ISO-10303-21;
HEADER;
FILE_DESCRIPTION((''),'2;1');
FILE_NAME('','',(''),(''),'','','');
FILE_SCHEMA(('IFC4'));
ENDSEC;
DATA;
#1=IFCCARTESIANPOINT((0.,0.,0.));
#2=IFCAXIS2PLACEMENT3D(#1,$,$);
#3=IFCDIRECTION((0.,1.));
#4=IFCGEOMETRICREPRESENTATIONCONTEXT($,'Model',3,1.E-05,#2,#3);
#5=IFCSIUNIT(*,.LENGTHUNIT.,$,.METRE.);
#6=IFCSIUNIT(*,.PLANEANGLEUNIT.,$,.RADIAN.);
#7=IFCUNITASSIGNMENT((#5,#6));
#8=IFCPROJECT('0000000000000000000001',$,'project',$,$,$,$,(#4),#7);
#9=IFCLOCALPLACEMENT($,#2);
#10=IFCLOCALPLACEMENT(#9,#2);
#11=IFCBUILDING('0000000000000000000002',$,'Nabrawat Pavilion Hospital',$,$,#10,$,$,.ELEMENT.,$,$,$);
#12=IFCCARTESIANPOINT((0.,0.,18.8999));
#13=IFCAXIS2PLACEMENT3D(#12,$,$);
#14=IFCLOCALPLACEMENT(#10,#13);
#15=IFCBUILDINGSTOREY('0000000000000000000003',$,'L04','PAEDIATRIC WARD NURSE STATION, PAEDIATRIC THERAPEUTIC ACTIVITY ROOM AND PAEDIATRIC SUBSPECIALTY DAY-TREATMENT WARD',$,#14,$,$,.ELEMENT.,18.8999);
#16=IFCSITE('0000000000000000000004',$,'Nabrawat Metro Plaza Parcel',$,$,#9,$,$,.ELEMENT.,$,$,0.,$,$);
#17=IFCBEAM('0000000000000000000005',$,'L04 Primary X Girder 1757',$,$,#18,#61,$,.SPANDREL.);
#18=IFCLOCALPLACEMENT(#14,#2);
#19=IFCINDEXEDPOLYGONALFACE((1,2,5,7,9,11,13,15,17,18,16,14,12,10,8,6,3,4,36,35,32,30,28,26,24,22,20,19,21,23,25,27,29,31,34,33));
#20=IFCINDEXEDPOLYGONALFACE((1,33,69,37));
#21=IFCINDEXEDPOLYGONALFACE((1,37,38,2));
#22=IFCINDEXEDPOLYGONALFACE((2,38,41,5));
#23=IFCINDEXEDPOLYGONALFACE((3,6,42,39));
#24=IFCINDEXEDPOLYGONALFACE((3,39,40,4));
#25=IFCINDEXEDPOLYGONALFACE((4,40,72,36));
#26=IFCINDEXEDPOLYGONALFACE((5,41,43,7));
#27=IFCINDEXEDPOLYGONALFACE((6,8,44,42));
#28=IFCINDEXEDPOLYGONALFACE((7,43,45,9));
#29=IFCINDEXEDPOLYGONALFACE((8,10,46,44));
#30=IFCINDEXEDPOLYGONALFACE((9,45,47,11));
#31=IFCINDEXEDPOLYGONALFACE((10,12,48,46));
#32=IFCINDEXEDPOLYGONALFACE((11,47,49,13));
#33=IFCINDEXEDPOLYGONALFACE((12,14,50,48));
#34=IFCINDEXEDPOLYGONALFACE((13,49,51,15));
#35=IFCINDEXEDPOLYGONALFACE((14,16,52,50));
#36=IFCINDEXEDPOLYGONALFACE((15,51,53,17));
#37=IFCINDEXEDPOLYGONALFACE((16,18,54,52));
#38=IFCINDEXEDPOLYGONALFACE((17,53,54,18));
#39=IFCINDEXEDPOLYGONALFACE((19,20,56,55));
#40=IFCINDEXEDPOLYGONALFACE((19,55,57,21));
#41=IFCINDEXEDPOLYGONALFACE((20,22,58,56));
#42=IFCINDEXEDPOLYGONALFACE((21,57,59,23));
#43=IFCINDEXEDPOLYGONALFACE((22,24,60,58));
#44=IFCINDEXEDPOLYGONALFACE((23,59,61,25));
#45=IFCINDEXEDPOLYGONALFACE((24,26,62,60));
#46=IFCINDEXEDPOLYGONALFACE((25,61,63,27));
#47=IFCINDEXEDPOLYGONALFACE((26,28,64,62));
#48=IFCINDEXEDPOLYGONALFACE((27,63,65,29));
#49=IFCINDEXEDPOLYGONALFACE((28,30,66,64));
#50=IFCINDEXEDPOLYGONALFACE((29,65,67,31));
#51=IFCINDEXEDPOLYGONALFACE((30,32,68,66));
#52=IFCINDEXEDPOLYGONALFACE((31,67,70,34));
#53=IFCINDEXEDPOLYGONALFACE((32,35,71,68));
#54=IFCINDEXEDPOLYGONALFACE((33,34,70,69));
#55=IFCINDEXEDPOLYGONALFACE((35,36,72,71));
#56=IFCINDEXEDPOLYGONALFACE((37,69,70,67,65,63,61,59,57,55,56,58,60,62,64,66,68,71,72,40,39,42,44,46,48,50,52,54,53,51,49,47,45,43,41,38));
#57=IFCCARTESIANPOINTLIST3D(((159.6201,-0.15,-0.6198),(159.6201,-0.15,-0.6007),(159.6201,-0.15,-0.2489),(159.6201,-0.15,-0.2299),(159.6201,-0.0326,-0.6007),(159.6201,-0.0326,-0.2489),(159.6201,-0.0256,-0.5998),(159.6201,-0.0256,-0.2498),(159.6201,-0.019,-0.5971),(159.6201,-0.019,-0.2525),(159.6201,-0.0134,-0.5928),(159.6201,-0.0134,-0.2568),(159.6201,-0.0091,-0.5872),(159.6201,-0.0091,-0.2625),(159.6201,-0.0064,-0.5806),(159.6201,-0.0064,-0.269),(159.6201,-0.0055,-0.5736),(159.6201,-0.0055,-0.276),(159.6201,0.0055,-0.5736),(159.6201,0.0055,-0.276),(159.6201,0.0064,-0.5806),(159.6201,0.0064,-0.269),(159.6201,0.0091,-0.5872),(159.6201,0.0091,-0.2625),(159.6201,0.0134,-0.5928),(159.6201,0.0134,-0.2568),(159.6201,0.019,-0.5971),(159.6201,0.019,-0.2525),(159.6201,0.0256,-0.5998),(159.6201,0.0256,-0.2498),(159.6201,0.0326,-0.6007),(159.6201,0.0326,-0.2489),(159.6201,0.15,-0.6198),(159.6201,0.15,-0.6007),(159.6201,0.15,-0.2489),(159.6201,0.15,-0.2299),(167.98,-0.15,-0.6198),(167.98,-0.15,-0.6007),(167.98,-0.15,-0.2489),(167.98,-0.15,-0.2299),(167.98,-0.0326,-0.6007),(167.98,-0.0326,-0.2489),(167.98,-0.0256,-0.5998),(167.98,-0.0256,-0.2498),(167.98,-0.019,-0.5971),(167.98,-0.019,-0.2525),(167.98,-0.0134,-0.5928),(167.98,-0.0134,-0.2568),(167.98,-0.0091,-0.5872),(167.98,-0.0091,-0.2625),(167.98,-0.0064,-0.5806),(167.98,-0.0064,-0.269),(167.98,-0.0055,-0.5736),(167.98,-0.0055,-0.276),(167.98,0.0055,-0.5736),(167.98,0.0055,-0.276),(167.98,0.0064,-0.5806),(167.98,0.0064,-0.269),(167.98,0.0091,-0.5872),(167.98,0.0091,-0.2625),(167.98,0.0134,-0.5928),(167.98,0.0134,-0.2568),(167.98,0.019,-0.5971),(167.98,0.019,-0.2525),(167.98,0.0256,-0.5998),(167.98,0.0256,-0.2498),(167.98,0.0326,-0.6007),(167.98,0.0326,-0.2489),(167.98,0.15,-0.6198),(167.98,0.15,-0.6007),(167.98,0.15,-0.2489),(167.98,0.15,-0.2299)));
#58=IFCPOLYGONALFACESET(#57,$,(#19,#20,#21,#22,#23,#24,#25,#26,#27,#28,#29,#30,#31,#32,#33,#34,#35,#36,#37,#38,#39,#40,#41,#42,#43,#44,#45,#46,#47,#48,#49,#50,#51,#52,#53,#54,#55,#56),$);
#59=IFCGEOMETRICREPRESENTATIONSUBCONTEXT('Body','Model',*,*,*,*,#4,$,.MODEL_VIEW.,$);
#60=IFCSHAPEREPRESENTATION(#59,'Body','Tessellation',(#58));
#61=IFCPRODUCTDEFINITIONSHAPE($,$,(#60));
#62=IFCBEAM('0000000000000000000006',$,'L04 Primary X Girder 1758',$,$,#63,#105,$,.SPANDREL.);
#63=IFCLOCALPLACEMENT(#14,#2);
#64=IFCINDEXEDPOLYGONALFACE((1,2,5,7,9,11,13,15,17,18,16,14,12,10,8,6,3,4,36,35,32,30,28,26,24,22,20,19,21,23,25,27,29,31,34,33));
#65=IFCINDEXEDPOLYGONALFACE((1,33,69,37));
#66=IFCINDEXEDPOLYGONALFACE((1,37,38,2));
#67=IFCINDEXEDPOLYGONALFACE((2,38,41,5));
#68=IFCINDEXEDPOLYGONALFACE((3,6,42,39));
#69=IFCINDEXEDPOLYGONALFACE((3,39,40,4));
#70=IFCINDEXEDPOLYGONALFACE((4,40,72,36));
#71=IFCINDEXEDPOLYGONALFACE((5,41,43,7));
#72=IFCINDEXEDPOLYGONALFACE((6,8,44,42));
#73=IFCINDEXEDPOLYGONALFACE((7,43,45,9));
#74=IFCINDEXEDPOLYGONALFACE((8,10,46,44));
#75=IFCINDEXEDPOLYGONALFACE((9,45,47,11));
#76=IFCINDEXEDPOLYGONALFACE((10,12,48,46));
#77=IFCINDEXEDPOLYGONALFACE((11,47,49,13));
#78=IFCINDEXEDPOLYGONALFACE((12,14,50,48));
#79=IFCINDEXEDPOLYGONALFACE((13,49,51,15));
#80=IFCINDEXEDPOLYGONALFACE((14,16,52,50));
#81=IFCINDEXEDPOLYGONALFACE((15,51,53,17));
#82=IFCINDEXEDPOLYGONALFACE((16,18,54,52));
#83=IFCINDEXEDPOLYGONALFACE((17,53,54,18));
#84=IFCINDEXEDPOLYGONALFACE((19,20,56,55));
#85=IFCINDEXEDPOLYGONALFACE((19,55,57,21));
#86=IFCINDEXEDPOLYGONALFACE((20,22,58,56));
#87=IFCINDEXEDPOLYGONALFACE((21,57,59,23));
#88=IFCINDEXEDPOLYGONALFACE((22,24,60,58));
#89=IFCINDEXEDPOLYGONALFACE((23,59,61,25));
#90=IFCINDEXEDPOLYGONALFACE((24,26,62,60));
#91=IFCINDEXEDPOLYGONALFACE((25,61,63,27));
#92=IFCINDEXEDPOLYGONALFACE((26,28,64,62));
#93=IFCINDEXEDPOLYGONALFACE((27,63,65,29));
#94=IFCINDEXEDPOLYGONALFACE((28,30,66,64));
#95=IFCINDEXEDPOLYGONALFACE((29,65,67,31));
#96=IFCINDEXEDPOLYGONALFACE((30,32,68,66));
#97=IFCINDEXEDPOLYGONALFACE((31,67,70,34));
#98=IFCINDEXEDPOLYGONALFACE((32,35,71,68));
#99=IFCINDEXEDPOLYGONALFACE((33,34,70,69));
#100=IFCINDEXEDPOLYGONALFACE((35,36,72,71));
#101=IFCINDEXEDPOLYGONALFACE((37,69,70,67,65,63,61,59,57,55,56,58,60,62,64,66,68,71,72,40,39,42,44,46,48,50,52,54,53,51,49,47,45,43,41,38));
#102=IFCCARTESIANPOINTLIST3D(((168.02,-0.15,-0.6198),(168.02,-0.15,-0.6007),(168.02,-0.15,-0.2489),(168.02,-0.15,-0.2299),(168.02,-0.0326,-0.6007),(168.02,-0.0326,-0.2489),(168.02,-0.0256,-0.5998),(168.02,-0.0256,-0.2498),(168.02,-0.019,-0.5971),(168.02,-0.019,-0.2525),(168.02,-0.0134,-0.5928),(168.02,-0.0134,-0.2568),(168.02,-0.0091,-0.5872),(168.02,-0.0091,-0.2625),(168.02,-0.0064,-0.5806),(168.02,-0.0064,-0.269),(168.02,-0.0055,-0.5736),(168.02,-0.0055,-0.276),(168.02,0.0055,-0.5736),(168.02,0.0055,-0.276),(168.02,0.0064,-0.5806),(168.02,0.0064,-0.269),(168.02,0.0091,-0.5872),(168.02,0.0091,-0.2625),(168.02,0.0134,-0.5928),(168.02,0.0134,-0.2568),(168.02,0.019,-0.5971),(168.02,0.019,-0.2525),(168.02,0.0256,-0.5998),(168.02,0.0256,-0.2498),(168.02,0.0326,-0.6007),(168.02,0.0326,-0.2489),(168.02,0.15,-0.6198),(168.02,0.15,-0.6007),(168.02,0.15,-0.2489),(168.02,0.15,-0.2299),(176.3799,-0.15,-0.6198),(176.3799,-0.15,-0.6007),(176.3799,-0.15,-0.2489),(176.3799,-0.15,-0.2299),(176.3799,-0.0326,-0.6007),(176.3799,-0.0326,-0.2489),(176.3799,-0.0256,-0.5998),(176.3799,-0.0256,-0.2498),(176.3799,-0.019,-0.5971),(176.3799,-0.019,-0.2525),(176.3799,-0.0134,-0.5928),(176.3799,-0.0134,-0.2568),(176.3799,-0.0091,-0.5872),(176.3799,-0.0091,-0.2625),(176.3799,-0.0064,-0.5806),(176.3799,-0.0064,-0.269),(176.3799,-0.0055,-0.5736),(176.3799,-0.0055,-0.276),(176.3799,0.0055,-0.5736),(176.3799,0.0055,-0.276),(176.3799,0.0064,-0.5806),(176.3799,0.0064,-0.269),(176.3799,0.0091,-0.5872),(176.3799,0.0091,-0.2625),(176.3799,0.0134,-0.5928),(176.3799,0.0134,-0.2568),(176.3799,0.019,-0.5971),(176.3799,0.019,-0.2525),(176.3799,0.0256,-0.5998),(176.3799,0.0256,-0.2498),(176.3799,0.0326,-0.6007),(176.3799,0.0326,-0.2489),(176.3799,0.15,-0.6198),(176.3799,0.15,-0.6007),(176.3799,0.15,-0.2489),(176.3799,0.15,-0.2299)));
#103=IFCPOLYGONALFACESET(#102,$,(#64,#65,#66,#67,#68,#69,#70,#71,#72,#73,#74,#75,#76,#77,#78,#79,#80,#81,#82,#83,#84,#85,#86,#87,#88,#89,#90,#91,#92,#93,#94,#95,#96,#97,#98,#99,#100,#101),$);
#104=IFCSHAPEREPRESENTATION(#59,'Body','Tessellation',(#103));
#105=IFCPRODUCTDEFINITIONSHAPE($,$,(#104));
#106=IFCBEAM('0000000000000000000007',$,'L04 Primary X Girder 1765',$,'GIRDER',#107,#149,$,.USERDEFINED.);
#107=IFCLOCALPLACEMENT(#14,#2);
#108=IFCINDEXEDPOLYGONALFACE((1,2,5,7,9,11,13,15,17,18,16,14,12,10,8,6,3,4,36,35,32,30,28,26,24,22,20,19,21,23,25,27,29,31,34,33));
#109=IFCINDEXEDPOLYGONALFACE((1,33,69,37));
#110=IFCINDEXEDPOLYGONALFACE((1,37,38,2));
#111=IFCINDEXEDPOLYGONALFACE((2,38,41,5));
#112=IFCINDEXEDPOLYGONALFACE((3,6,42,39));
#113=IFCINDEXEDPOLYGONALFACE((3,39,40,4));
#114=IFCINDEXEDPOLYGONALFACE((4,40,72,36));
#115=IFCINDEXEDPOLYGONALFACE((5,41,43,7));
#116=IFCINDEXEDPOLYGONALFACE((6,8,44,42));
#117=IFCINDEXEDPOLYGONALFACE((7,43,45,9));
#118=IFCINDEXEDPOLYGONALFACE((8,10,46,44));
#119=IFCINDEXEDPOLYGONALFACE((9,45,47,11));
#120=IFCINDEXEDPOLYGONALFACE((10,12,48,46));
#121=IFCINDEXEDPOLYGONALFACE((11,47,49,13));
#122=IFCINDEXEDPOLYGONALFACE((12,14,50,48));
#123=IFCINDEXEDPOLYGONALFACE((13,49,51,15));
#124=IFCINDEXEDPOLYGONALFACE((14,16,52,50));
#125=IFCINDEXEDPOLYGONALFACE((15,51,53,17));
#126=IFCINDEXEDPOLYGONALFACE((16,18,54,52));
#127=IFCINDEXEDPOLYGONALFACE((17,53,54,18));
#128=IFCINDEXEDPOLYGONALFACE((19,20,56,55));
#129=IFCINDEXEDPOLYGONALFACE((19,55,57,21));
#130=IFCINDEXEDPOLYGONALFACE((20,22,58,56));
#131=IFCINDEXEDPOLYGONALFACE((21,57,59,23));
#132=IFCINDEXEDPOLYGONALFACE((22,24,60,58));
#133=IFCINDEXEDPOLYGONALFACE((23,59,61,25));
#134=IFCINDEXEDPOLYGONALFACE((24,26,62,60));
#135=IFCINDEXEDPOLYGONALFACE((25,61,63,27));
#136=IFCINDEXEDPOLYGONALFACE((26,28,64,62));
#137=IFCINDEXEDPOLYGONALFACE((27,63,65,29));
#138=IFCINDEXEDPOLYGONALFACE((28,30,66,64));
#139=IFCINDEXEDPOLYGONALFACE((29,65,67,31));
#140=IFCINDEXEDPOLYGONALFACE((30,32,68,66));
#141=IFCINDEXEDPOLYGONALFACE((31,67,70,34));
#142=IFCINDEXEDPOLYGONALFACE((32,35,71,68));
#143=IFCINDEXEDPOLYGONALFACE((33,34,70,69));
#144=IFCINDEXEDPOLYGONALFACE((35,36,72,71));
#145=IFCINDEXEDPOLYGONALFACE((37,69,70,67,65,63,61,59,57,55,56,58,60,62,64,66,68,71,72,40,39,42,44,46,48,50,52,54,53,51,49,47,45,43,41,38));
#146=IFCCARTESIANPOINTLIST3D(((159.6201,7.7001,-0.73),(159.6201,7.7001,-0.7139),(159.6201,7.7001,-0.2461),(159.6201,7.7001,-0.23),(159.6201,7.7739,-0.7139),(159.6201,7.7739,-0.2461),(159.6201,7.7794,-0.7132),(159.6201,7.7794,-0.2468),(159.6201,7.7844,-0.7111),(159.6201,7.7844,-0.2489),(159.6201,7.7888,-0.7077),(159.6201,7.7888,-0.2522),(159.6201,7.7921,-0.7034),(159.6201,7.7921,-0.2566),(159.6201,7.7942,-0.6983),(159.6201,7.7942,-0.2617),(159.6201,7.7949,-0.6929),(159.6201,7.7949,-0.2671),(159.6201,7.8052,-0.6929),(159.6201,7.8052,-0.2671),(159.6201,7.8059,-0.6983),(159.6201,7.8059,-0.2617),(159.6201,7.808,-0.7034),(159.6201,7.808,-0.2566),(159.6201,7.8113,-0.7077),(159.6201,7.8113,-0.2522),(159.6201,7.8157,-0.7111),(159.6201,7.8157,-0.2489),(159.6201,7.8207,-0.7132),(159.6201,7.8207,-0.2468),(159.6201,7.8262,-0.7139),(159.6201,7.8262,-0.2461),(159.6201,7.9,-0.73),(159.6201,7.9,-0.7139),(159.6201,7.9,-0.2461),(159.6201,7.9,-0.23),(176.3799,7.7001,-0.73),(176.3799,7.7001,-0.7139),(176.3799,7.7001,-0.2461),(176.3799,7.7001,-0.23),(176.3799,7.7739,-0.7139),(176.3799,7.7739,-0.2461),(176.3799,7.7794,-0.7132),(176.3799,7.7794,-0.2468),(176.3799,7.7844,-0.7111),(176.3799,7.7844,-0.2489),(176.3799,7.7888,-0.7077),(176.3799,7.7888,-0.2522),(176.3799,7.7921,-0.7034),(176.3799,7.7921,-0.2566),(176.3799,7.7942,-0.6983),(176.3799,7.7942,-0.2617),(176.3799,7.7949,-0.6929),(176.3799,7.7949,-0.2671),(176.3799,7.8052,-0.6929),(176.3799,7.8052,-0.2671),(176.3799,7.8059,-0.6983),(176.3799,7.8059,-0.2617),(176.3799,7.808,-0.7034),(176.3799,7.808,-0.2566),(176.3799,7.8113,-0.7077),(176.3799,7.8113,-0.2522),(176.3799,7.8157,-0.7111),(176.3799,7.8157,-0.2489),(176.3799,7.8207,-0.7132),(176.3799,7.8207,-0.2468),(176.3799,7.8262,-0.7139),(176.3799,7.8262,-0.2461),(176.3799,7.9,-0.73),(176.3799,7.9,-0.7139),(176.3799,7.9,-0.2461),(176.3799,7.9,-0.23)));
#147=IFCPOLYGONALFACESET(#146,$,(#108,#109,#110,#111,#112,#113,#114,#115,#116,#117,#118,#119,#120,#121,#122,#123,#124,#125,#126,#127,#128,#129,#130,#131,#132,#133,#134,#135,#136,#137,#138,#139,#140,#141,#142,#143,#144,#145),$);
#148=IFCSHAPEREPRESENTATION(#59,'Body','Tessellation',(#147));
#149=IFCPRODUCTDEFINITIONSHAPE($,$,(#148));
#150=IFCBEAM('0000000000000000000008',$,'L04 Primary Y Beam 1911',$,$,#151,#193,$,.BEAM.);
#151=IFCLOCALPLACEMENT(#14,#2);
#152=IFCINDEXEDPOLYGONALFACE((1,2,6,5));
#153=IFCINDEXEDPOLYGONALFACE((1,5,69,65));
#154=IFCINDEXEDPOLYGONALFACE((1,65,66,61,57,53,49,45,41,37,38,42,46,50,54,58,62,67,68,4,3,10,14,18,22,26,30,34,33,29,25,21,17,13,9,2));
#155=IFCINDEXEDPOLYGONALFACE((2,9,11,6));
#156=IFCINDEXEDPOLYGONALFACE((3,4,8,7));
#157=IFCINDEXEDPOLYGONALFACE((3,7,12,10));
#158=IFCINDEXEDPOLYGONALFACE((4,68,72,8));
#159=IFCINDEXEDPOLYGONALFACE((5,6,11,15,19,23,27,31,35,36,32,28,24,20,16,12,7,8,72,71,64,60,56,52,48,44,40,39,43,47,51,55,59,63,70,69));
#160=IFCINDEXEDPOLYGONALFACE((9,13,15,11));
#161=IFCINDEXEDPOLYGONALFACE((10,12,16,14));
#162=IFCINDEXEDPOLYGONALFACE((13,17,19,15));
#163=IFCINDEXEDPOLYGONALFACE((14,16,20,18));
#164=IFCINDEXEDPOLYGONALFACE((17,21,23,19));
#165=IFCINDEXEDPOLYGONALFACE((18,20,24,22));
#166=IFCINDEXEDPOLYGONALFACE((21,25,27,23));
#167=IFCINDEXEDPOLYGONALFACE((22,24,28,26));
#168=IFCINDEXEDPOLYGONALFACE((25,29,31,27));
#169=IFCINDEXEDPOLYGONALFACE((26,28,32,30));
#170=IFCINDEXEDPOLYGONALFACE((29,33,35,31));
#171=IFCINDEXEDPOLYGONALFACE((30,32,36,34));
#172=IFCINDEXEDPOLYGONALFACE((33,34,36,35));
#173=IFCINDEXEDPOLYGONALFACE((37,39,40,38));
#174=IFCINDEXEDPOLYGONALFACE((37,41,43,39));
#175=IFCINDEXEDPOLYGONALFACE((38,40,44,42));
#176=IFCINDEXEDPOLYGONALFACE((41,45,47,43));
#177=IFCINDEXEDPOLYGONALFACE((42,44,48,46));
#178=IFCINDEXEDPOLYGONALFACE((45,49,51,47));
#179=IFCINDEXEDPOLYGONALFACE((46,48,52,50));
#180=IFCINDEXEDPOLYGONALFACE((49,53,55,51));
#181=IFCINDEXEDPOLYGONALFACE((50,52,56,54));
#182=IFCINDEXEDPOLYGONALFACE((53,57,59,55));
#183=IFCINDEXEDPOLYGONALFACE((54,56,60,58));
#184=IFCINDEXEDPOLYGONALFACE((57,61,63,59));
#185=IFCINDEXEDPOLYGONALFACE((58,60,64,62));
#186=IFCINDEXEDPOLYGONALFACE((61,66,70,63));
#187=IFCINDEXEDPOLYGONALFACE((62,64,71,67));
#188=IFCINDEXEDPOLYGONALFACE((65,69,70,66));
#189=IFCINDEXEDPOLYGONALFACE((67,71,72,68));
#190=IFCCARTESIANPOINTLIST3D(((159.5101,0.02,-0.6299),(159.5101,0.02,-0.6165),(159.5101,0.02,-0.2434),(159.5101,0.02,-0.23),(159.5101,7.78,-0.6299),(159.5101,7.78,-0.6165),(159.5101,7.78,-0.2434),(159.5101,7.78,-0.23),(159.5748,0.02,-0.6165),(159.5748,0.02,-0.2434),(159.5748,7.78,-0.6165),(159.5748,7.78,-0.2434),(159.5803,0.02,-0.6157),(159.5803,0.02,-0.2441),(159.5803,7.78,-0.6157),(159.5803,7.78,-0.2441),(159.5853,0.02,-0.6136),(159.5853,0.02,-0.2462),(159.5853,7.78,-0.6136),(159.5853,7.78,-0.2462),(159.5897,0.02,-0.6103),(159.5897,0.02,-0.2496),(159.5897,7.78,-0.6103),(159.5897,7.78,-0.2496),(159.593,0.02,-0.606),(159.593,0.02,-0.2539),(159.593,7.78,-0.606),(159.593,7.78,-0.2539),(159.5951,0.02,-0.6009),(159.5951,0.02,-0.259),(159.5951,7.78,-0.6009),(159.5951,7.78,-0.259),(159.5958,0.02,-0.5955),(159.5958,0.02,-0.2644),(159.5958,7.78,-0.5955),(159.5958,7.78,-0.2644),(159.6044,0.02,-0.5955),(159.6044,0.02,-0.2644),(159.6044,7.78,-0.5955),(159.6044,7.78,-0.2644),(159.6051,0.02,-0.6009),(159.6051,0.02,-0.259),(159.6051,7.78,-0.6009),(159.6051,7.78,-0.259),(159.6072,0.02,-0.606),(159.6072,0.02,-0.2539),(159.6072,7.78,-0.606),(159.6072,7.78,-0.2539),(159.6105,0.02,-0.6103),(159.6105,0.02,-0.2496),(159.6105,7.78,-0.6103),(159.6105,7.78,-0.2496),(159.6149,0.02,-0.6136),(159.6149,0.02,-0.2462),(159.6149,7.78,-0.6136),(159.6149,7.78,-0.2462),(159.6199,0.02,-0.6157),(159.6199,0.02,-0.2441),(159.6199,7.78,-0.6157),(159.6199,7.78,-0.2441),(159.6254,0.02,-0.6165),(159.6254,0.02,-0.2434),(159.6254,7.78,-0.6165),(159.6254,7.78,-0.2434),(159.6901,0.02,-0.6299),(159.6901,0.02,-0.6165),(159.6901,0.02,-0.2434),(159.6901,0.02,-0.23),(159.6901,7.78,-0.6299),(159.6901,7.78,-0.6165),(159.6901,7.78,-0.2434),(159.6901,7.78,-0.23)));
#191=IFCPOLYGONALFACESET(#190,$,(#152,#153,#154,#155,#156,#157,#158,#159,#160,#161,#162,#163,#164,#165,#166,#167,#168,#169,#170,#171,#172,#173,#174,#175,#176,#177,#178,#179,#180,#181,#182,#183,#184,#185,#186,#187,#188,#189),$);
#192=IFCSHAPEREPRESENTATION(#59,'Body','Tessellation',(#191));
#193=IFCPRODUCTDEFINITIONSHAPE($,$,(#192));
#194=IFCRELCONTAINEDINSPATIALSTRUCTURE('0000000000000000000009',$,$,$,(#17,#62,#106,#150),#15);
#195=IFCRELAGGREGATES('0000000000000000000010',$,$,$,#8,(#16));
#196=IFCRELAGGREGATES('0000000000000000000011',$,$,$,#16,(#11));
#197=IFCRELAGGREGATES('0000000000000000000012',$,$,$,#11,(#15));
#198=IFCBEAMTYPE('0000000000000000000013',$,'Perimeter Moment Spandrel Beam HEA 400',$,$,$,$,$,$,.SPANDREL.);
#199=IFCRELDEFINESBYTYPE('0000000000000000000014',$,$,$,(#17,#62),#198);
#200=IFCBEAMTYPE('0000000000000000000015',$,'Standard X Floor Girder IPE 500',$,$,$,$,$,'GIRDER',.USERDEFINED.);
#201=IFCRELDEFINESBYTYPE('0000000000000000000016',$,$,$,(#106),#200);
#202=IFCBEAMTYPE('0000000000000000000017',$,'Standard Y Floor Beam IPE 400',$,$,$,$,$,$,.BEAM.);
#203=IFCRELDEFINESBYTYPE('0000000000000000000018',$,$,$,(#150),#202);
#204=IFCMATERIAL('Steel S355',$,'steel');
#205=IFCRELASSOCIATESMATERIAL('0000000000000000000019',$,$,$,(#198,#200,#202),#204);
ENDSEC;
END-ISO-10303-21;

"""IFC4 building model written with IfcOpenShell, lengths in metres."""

from ifc_helpers import new_model, si_unit, direction, frame, origin, origin_2d, place, context, subcontext, project, spatial, i_section, extrude, material, material_profile, profile_set, type_object, element, save


model = new_model("IFC4")

# Units and contexts
model_context = context("Model", 3, precision=1e-05, world=origin(), true_north=direction((0.0, 1.0)))
body_context = subcontext(model_context, "Body", "Model", "MODEL_VIEW")
ifc_project = project(units=[si_unit("LENGTHUNIT", "METRE"), si_unit("PLANEANGLEUNIT", "RADIAN")], contexts=[model_context])

# Site, building, storey
site_placement = place(None, origin())
site = spatial("IfcSite", under=ifc_project, at=site_placement, Name="Nabrawat Metro Plaza Parcel", CompositionType="ELEMENT", RefElevation=0.0)
building_placement = place(site_placement, origin())
building = spatial("IfcBuilding", under=site, at=building_placement, Name="Nabrawat Pavilion Hospital", CompositionType="ELEMENT")
storey_placement = place(building_placement, frame((0.0, 0.0, 18.8999)))
storey = spatial("IfcBuildingStorey", under=building, at=storey_placement, Name="L04", Description="PAEDIATRIC WARD NURSE STATION, PAEDIATRIC THERAPEUTIC ACTIVITY ROOM AND PAEDIATRIC SUBSPECIALTY DAY-TREATMENT WARD", CompositionType="ELEMENT", Elevation=18.8999)

# Beams
ifc_material_1 = material(Name="Steel S355", Category="steel")
ifc_material_profile_1 = material_profile(ifc_material_1, i_section(OverallWidth=0.3, OverallDepth=0.3899, WebThickness=0.011, FlangeThickness=0.019, FilletRadius=0.0271, at=origin_2d()), Name="HEA 400")
ifc_profile_set_1 = profile_set([ifc_material_profile_1], Name="Steel S355")
beam_type_1 = type_object("IfcBeamType", Name="Perimeter Moment Spandrel Beam HEA 400", PredefinedType="SPANDREL", material=ifc_profile_set_1)
for number, where, z_axis, x_axis, name in (
    (1, (159.6201, 0.0, -0.4248), (1.0, 0.0, 0.0), (0.0, 1.0, 0.0), "L04 Primary X Girder 1757"),
    (2, (168.02, 0.0, -0.4248), (1.0, 0.0, 0.0), (0.0, 1.0, 0.0), "L04 Primary X Girder 1758"),
):
    element("IfcBeam", number, at=place(storey_placement, frame(where, z_axis=z_axis, x_axis=x_axis)), inside=storey, type_object=beam_type_1, Name=name, PredefinedType="SPANDREL", context=body_context, shape_type="SweptSolid", body=[
        extrude(i_section(OverallWidth=0.3, OverallDepth=0.3899, WebThickness=0.011, FlangeThickness=0.019, FilletRadius=0.0271, at=origin_2d()), origin(), (0.0, 0.0, 1.0), 8.3599),
    ])
ifc_material_profile_2 = material_profile(ifc_material_1, i_section(OverallWidth=0.2, OverallDepth=0.5, WebThickness=0.0103, FlangeThickness=0.0161, FilletRadius=0.021, at=origin_2d()), Name="IPE 500")
ifc_profile_set_2 = profile_set([ifc_material_profile_2], Name="Steel S355")
beam_type_2 = type_object("IfcBeamType", Name="Standard X Floor Girder IPE 500", ElementType="GIRDER", PredefinedType="USERDEFINED", material=ifc_profile_set_2)
beam_1_placement = place(storey_placement, frame((159.6201, 7.8, -0.48), z_axis=(1.0, 0.0, 0.0), x_axis=(0.0, 1.0, 0.0)))
element("IfcBeam", 3, at=beam_1_placement, inside=storey, type_object=beam_type_2, Name="L04 Primary X Girder 1765", ObjectType="GIRDER", PredefinedType="USERDEFINED", context=body_context, shape_type="SweptSolid", body=[
    extrude(i_section(OverallWidth=0.2, OverallDepth=0.5, WebThickness=0.0103, FlangeThickness=0.0161, FilletRadius=0.021, at=origin_2d()), origin(), (0.0, 0.0, 1.0), 16.7598),
])
ifc_material_profile_3 = material_profile(ifc_material_1, i_section(OverallWidth=0.1799, OverallDepth=0.3999, WebThickness=0.0085, FlangeThickness=0.0134, FilletRadius=0.021, at=origin_2d()), Name="IPE 400")
ifc_profile_set_3 = profile_set([ifc_material_profile_3], Name="Steel S355")
beam_type_3 = type_object("IfcBeamType", Name="Standard Y Floor Beam IPE 400", PredefinedType="BEAM", material=ifc_profile_set_3)
for number, where, z_axis, x_axis, name in (
    (4, (159.6001, 0.02, -0.4299), (0.0, 1.0, 0.0), (-1.0, 0.0, 0.0), "L04 Primary Y Beam 1911"),
):
    element("IfcBeam", number, at=place(storey_placement, frame(where, z_axis=z_axis, x_axis=x_axis)), inside=storey, type_object=beam_type_3, Name=name, PredefinedType="BEAM", context=body_context, shape_type="SweptSolid", body=[
        extrude(i_section(OverallWidth=0.1799, OverallDepth=0.3999, WebThickness=0.0085, FlangeThickness=0.0134, FilletRadius=0.021, at=origin_2d()), origin(), (0.0, 0.0, 1.0), 7.76),
    ])

save(model, "model.ifc")
